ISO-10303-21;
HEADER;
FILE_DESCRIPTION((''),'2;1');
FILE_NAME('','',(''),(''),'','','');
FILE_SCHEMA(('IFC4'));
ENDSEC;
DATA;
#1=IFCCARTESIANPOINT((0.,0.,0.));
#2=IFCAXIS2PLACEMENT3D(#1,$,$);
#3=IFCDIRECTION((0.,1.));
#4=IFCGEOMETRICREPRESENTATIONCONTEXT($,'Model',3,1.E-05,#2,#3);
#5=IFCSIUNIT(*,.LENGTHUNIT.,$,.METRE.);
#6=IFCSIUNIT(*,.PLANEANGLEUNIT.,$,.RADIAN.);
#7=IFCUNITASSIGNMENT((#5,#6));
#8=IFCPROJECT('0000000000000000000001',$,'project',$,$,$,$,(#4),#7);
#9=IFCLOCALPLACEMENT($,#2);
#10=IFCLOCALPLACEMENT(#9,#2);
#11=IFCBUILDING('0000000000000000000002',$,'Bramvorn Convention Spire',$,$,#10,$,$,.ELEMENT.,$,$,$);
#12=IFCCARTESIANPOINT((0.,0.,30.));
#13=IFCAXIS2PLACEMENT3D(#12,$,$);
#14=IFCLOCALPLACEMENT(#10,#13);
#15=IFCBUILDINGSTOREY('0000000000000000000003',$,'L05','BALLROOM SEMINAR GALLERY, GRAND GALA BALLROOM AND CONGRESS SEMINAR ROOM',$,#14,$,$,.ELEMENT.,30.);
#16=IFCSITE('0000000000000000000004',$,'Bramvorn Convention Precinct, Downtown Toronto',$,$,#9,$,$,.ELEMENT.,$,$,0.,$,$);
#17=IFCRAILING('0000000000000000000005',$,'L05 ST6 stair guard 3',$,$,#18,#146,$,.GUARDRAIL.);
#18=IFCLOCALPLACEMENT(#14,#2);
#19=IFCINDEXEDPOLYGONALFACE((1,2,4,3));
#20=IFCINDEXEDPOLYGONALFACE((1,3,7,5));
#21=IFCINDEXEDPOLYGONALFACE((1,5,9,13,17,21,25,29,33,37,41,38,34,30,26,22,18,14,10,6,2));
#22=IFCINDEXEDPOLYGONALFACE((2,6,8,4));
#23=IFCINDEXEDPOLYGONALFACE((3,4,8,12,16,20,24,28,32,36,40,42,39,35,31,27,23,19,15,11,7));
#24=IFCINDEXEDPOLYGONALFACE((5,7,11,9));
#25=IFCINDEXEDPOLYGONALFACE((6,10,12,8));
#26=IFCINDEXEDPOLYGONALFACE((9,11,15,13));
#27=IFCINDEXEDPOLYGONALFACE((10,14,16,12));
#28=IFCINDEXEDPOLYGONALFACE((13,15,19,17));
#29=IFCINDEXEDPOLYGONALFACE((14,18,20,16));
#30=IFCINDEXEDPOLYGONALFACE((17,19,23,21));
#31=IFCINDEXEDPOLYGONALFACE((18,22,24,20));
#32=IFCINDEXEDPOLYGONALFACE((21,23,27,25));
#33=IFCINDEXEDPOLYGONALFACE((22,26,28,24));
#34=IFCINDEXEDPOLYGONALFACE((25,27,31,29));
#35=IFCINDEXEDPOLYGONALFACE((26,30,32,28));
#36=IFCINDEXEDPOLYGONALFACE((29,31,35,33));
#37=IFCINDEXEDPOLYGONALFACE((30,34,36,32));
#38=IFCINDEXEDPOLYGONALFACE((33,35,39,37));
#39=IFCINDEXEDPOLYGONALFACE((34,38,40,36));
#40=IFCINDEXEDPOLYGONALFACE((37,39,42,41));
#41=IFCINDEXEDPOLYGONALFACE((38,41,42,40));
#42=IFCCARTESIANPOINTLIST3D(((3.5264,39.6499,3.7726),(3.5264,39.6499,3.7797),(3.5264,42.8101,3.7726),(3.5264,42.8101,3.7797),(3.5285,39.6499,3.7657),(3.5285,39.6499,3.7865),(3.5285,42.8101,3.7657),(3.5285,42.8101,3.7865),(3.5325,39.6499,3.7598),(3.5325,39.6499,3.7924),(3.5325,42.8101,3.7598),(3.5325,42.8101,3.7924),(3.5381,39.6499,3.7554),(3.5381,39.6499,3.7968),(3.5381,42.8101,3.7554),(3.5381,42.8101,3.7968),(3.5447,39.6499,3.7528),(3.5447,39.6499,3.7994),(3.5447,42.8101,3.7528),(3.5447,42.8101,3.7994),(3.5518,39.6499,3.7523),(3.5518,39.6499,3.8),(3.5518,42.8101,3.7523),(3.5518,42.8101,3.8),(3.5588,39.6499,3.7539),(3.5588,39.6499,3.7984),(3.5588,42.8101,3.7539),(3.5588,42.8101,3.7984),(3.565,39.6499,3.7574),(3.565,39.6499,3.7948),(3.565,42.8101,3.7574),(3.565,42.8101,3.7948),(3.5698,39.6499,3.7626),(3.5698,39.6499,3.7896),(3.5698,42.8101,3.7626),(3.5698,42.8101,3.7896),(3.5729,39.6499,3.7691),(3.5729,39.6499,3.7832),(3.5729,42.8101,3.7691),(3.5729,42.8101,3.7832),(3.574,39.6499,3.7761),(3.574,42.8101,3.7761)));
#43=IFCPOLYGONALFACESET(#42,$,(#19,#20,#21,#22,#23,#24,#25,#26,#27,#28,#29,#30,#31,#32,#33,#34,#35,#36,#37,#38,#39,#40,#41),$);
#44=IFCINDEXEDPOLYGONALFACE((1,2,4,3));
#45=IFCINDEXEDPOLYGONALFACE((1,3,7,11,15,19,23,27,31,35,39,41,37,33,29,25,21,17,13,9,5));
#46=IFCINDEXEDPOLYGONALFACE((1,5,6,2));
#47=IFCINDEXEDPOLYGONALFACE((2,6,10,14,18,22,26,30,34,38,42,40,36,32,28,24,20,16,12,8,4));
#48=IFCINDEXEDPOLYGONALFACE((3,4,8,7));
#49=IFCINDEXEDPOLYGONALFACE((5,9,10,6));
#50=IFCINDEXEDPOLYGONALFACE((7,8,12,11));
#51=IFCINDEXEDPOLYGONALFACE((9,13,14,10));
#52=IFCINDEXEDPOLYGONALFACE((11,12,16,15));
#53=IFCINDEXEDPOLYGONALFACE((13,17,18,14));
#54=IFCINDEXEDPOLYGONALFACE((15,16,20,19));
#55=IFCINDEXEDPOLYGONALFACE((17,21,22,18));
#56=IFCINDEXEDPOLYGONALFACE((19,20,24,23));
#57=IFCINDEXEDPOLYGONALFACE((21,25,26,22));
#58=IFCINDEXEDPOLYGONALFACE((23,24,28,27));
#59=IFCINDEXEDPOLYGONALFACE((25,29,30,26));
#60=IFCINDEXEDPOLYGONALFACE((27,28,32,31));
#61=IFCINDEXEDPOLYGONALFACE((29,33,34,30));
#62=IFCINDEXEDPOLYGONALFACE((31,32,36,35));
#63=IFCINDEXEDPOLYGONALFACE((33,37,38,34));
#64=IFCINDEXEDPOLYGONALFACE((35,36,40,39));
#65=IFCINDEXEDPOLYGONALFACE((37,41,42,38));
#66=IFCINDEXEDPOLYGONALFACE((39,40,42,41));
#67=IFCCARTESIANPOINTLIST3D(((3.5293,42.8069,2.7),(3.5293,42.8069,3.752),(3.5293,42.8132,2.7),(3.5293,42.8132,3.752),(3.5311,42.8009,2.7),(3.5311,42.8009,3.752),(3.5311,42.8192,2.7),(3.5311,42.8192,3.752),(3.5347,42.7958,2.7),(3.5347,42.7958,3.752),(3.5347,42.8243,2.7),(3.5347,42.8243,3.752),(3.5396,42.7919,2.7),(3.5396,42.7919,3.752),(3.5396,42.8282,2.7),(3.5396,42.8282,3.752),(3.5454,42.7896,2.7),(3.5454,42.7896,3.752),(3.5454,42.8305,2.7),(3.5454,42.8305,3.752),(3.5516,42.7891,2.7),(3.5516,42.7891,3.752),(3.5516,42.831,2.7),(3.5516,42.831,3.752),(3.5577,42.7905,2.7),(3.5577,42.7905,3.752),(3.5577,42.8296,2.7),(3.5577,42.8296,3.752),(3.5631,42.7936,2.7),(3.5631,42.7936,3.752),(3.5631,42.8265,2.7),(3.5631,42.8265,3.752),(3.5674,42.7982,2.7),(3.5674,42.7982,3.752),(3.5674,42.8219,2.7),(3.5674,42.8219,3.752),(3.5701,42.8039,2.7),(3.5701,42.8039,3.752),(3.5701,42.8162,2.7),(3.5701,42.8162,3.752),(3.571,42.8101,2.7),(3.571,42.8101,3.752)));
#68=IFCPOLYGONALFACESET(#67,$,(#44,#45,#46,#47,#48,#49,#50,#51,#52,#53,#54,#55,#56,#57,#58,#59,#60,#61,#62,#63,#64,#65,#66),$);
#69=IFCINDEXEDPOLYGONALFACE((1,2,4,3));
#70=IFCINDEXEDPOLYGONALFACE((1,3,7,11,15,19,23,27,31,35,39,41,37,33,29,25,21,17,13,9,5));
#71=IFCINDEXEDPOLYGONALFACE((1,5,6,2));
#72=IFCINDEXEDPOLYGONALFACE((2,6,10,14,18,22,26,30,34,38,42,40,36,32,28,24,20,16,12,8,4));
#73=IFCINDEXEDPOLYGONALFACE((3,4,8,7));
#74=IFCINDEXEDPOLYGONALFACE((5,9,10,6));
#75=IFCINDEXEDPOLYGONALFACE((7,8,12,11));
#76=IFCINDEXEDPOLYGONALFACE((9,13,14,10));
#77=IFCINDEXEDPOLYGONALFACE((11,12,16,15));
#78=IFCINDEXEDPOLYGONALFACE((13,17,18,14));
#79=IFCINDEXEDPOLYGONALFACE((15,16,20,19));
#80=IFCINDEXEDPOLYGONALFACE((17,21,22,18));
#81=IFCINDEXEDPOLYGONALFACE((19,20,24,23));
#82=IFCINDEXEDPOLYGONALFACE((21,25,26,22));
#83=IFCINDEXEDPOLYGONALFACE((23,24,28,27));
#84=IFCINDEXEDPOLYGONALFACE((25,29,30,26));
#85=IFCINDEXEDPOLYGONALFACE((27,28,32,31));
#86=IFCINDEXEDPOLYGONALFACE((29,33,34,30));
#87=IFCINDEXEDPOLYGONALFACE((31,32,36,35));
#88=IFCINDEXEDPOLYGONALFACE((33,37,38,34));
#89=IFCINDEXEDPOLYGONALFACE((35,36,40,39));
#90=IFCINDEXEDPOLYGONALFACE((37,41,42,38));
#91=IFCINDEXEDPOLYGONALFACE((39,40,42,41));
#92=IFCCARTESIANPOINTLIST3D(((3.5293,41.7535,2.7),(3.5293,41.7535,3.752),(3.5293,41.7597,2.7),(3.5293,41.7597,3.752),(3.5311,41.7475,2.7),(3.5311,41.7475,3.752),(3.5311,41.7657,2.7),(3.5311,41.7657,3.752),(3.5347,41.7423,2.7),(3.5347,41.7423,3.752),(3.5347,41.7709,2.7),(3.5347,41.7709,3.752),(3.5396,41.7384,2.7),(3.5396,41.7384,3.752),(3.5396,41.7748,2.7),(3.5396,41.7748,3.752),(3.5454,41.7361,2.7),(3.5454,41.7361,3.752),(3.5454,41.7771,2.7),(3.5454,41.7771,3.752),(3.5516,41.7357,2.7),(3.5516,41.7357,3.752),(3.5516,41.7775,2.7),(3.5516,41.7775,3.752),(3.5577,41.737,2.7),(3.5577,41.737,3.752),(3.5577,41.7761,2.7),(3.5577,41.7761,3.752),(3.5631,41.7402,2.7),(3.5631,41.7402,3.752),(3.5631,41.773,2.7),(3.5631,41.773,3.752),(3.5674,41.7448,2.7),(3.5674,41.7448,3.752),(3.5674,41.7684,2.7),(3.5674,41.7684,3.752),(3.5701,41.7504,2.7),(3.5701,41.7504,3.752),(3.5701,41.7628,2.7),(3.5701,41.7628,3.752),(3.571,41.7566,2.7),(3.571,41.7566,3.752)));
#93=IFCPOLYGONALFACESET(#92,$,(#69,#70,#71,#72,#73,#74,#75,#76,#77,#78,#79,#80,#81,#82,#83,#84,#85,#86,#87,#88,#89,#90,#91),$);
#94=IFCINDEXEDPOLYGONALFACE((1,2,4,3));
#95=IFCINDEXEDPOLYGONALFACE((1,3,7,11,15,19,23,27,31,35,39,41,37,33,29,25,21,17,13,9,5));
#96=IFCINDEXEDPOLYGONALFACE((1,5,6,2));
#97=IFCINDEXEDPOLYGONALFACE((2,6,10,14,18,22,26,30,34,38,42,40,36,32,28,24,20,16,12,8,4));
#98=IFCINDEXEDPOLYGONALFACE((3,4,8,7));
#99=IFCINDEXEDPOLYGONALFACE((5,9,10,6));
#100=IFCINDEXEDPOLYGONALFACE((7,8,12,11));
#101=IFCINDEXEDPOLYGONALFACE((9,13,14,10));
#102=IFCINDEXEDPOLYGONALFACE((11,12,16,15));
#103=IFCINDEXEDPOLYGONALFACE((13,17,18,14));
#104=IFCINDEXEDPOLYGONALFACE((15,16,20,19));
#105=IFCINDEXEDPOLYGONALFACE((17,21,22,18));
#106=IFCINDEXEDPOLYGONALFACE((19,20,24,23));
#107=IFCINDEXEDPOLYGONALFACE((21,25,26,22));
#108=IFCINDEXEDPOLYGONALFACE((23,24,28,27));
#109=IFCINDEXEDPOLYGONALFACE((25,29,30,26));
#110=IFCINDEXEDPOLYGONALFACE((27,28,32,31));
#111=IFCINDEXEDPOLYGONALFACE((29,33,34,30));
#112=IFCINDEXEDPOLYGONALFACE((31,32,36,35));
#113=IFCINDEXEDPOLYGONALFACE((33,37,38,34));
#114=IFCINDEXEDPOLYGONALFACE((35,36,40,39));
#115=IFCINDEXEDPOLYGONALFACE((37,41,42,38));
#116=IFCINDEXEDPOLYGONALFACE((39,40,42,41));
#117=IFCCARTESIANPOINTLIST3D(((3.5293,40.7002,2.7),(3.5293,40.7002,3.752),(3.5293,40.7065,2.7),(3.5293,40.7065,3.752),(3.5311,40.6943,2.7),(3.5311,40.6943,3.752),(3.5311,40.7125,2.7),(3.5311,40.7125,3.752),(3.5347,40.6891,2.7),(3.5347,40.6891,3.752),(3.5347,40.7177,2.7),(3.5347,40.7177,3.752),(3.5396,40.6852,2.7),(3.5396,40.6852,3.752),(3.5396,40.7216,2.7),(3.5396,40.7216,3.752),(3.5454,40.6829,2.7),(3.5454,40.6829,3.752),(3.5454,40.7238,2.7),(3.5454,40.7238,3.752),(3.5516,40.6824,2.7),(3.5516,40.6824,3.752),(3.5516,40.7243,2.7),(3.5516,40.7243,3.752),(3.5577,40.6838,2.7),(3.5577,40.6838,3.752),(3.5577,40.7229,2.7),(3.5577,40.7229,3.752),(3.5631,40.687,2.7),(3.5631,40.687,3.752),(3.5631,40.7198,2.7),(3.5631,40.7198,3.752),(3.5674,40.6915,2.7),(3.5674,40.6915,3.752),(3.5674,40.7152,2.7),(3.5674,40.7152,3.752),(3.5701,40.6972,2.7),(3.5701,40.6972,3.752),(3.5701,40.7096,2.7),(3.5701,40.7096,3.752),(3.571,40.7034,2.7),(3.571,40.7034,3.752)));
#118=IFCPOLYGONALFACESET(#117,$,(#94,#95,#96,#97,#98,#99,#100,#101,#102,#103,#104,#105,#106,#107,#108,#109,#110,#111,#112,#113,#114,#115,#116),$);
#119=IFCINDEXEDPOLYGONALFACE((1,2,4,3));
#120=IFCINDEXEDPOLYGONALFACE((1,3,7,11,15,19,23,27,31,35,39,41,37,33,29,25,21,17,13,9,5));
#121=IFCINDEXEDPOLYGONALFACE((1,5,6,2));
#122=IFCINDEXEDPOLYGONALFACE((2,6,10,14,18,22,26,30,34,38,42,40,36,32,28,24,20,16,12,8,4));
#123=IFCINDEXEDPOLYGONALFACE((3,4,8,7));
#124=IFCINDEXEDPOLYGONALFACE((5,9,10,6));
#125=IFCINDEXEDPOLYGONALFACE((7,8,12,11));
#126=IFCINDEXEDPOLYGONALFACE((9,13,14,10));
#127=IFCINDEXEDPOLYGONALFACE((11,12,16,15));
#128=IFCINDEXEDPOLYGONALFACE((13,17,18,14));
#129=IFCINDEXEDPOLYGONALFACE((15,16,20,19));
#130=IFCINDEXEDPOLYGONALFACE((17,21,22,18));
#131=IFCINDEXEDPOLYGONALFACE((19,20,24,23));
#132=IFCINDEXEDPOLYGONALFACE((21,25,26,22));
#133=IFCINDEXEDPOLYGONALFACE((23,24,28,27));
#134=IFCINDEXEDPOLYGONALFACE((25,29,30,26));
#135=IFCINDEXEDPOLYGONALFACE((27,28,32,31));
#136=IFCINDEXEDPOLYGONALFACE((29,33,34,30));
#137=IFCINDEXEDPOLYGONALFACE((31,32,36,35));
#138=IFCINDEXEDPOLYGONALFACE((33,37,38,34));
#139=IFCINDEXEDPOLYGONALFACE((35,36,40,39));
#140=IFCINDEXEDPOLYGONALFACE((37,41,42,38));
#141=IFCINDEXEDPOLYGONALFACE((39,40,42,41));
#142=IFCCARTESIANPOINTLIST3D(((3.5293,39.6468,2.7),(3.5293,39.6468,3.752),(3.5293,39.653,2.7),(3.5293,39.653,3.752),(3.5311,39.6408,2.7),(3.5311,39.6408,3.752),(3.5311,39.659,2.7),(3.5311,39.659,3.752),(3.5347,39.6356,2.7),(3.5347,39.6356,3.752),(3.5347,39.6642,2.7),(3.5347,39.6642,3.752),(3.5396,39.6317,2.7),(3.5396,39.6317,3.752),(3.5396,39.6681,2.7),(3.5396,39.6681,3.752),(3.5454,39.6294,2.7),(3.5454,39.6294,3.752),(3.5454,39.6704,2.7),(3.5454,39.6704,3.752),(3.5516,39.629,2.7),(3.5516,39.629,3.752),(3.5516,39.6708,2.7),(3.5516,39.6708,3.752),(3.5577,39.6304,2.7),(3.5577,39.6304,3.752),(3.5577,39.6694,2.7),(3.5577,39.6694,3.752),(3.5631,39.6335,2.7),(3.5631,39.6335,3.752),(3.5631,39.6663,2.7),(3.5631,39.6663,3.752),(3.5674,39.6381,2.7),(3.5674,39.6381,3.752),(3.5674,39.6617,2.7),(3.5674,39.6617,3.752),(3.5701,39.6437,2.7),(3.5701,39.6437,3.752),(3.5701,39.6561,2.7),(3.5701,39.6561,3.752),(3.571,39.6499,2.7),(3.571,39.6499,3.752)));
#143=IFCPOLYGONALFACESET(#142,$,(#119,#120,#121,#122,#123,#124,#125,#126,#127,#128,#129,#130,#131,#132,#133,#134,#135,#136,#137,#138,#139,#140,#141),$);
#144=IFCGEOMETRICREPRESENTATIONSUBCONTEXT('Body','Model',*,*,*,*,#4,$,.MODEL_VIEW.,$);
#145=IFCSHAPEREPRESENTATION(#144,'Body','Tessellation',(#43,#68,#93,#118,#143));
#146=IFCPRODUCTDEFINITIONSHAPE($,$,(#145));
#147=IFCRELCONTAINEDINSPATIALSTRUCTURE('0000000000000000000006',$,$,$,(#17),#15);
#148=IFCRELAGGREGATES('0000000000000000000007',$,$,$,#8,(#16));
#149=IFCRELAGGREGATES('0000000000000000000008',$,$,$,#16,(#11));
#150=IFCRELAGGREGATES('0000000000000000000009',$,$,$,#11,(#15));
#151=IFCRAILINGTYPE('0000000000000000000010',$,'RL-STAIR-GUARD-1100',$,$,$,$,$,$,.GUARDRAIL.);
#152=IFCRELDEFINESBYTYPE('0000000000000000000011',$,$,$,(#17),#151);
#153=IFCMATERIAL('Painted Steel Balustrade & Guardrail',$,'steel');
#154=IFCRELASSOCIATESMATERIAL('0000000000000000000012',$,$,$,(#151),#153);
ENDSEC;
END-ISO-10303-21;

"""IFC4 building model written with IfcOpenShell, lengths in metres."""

from ifc_helpers import new_model, si_unit, direction, frame, origin, origin_2d, place, context, subcontext, project, spatial, circle, extrude, material, type_object, element, save


model = new_model("IFC4")

# Units and contexts
model_context = context("Model", 3, precision=1e-05, world=origin(), true_north=direction((0.0, 1.0)))
body_context = subcontext(model_context, "Body", "Model", "MODEL_VIEW")
ifc_project = project(units=[si_unit("LENGTHUNIT", "METRE"), si_unit("PLANEANGLEUNIT", "RADIAN")], contexts=[model_context])

# Site, building, storey
site_placement = place(None, origin())
site = spatial("IfcSite", under=ifc_project, at=site_placement, Name="Bramvorn Convention Precinct, Downtown Toronto", CompositionType="ELEMENT", RefElevation=0.0)
building_placement = place(site_placement, origin())
building = spatial("IfcBuilding", under=site, at=building_placement, Name="Bramvorn Convention Spire", CompositionType="ELEMENT")
storey_placement = place(building_placement, frame((0.0, 0.0, 30.0)))
storey = spatial("IfcBuildingStorey", under=building, at=storey_placement, Name="L05", Description="BALLROOM SEMINAR GALLERY, GRAND GALA BALLROOM AND CONGRESS SEMINAR ROOM", CompositionType="ELEMENT", Elevation=30.0)

# Railing
ifc_material_1 = material(Name="Painted Steel Balustrade & Guardrail", Category="steel")
railing_type = type_object("IfcRailingType", Name="RL-STAIR-GUARD-1100", PredefinedType="GUARDRAIL", material=ifc_material_1)
for number, where, name in (
    (1, (3.55, 42.8101, 2.7), "L05 ST6 stair guard 3"),
):
    element("IfcRailing", number, at=place(storey_placement, frame(where)), inside=storey, type_object=railing_type, Name=name, PredefinedType="GUARDRAIL", context=body_context, shape_type="SweptSolid", body=[
        extrude(circle(Radius=0.0239, at=origin_2d()), frame((0.0, 0.0, 1.0762), z_axis=(0.0, -1.0, 0.0), x_axis=(1.0, 0.0, 0.0)), (0.0, 0.0, 1.0), 3.1602),
        extrude(circle(Radius=0.021, at=origin_2d()), origin(), (0.0, 0.0, 1.0), 1.052),
        extrude(circle(Radius=0.021, at=origin_2d()), frame((0.0, -1.0535, 0.0)), (0.0, 0.0, 1.0), 1.052),
        extrude(circle(Radius=0.021, at=origin_2d()), frame((0.0, -2.1067, 0.0)), (0.0, 0.0, 1.0), 1.052),
        extrude(circle(Radius=0.021, at=origin_2d()), frame((0.0, -3.1602, 0.0)), (0.0, 0.0, 1.0), 1.052),
    ])

save(model, "model.ifc")
